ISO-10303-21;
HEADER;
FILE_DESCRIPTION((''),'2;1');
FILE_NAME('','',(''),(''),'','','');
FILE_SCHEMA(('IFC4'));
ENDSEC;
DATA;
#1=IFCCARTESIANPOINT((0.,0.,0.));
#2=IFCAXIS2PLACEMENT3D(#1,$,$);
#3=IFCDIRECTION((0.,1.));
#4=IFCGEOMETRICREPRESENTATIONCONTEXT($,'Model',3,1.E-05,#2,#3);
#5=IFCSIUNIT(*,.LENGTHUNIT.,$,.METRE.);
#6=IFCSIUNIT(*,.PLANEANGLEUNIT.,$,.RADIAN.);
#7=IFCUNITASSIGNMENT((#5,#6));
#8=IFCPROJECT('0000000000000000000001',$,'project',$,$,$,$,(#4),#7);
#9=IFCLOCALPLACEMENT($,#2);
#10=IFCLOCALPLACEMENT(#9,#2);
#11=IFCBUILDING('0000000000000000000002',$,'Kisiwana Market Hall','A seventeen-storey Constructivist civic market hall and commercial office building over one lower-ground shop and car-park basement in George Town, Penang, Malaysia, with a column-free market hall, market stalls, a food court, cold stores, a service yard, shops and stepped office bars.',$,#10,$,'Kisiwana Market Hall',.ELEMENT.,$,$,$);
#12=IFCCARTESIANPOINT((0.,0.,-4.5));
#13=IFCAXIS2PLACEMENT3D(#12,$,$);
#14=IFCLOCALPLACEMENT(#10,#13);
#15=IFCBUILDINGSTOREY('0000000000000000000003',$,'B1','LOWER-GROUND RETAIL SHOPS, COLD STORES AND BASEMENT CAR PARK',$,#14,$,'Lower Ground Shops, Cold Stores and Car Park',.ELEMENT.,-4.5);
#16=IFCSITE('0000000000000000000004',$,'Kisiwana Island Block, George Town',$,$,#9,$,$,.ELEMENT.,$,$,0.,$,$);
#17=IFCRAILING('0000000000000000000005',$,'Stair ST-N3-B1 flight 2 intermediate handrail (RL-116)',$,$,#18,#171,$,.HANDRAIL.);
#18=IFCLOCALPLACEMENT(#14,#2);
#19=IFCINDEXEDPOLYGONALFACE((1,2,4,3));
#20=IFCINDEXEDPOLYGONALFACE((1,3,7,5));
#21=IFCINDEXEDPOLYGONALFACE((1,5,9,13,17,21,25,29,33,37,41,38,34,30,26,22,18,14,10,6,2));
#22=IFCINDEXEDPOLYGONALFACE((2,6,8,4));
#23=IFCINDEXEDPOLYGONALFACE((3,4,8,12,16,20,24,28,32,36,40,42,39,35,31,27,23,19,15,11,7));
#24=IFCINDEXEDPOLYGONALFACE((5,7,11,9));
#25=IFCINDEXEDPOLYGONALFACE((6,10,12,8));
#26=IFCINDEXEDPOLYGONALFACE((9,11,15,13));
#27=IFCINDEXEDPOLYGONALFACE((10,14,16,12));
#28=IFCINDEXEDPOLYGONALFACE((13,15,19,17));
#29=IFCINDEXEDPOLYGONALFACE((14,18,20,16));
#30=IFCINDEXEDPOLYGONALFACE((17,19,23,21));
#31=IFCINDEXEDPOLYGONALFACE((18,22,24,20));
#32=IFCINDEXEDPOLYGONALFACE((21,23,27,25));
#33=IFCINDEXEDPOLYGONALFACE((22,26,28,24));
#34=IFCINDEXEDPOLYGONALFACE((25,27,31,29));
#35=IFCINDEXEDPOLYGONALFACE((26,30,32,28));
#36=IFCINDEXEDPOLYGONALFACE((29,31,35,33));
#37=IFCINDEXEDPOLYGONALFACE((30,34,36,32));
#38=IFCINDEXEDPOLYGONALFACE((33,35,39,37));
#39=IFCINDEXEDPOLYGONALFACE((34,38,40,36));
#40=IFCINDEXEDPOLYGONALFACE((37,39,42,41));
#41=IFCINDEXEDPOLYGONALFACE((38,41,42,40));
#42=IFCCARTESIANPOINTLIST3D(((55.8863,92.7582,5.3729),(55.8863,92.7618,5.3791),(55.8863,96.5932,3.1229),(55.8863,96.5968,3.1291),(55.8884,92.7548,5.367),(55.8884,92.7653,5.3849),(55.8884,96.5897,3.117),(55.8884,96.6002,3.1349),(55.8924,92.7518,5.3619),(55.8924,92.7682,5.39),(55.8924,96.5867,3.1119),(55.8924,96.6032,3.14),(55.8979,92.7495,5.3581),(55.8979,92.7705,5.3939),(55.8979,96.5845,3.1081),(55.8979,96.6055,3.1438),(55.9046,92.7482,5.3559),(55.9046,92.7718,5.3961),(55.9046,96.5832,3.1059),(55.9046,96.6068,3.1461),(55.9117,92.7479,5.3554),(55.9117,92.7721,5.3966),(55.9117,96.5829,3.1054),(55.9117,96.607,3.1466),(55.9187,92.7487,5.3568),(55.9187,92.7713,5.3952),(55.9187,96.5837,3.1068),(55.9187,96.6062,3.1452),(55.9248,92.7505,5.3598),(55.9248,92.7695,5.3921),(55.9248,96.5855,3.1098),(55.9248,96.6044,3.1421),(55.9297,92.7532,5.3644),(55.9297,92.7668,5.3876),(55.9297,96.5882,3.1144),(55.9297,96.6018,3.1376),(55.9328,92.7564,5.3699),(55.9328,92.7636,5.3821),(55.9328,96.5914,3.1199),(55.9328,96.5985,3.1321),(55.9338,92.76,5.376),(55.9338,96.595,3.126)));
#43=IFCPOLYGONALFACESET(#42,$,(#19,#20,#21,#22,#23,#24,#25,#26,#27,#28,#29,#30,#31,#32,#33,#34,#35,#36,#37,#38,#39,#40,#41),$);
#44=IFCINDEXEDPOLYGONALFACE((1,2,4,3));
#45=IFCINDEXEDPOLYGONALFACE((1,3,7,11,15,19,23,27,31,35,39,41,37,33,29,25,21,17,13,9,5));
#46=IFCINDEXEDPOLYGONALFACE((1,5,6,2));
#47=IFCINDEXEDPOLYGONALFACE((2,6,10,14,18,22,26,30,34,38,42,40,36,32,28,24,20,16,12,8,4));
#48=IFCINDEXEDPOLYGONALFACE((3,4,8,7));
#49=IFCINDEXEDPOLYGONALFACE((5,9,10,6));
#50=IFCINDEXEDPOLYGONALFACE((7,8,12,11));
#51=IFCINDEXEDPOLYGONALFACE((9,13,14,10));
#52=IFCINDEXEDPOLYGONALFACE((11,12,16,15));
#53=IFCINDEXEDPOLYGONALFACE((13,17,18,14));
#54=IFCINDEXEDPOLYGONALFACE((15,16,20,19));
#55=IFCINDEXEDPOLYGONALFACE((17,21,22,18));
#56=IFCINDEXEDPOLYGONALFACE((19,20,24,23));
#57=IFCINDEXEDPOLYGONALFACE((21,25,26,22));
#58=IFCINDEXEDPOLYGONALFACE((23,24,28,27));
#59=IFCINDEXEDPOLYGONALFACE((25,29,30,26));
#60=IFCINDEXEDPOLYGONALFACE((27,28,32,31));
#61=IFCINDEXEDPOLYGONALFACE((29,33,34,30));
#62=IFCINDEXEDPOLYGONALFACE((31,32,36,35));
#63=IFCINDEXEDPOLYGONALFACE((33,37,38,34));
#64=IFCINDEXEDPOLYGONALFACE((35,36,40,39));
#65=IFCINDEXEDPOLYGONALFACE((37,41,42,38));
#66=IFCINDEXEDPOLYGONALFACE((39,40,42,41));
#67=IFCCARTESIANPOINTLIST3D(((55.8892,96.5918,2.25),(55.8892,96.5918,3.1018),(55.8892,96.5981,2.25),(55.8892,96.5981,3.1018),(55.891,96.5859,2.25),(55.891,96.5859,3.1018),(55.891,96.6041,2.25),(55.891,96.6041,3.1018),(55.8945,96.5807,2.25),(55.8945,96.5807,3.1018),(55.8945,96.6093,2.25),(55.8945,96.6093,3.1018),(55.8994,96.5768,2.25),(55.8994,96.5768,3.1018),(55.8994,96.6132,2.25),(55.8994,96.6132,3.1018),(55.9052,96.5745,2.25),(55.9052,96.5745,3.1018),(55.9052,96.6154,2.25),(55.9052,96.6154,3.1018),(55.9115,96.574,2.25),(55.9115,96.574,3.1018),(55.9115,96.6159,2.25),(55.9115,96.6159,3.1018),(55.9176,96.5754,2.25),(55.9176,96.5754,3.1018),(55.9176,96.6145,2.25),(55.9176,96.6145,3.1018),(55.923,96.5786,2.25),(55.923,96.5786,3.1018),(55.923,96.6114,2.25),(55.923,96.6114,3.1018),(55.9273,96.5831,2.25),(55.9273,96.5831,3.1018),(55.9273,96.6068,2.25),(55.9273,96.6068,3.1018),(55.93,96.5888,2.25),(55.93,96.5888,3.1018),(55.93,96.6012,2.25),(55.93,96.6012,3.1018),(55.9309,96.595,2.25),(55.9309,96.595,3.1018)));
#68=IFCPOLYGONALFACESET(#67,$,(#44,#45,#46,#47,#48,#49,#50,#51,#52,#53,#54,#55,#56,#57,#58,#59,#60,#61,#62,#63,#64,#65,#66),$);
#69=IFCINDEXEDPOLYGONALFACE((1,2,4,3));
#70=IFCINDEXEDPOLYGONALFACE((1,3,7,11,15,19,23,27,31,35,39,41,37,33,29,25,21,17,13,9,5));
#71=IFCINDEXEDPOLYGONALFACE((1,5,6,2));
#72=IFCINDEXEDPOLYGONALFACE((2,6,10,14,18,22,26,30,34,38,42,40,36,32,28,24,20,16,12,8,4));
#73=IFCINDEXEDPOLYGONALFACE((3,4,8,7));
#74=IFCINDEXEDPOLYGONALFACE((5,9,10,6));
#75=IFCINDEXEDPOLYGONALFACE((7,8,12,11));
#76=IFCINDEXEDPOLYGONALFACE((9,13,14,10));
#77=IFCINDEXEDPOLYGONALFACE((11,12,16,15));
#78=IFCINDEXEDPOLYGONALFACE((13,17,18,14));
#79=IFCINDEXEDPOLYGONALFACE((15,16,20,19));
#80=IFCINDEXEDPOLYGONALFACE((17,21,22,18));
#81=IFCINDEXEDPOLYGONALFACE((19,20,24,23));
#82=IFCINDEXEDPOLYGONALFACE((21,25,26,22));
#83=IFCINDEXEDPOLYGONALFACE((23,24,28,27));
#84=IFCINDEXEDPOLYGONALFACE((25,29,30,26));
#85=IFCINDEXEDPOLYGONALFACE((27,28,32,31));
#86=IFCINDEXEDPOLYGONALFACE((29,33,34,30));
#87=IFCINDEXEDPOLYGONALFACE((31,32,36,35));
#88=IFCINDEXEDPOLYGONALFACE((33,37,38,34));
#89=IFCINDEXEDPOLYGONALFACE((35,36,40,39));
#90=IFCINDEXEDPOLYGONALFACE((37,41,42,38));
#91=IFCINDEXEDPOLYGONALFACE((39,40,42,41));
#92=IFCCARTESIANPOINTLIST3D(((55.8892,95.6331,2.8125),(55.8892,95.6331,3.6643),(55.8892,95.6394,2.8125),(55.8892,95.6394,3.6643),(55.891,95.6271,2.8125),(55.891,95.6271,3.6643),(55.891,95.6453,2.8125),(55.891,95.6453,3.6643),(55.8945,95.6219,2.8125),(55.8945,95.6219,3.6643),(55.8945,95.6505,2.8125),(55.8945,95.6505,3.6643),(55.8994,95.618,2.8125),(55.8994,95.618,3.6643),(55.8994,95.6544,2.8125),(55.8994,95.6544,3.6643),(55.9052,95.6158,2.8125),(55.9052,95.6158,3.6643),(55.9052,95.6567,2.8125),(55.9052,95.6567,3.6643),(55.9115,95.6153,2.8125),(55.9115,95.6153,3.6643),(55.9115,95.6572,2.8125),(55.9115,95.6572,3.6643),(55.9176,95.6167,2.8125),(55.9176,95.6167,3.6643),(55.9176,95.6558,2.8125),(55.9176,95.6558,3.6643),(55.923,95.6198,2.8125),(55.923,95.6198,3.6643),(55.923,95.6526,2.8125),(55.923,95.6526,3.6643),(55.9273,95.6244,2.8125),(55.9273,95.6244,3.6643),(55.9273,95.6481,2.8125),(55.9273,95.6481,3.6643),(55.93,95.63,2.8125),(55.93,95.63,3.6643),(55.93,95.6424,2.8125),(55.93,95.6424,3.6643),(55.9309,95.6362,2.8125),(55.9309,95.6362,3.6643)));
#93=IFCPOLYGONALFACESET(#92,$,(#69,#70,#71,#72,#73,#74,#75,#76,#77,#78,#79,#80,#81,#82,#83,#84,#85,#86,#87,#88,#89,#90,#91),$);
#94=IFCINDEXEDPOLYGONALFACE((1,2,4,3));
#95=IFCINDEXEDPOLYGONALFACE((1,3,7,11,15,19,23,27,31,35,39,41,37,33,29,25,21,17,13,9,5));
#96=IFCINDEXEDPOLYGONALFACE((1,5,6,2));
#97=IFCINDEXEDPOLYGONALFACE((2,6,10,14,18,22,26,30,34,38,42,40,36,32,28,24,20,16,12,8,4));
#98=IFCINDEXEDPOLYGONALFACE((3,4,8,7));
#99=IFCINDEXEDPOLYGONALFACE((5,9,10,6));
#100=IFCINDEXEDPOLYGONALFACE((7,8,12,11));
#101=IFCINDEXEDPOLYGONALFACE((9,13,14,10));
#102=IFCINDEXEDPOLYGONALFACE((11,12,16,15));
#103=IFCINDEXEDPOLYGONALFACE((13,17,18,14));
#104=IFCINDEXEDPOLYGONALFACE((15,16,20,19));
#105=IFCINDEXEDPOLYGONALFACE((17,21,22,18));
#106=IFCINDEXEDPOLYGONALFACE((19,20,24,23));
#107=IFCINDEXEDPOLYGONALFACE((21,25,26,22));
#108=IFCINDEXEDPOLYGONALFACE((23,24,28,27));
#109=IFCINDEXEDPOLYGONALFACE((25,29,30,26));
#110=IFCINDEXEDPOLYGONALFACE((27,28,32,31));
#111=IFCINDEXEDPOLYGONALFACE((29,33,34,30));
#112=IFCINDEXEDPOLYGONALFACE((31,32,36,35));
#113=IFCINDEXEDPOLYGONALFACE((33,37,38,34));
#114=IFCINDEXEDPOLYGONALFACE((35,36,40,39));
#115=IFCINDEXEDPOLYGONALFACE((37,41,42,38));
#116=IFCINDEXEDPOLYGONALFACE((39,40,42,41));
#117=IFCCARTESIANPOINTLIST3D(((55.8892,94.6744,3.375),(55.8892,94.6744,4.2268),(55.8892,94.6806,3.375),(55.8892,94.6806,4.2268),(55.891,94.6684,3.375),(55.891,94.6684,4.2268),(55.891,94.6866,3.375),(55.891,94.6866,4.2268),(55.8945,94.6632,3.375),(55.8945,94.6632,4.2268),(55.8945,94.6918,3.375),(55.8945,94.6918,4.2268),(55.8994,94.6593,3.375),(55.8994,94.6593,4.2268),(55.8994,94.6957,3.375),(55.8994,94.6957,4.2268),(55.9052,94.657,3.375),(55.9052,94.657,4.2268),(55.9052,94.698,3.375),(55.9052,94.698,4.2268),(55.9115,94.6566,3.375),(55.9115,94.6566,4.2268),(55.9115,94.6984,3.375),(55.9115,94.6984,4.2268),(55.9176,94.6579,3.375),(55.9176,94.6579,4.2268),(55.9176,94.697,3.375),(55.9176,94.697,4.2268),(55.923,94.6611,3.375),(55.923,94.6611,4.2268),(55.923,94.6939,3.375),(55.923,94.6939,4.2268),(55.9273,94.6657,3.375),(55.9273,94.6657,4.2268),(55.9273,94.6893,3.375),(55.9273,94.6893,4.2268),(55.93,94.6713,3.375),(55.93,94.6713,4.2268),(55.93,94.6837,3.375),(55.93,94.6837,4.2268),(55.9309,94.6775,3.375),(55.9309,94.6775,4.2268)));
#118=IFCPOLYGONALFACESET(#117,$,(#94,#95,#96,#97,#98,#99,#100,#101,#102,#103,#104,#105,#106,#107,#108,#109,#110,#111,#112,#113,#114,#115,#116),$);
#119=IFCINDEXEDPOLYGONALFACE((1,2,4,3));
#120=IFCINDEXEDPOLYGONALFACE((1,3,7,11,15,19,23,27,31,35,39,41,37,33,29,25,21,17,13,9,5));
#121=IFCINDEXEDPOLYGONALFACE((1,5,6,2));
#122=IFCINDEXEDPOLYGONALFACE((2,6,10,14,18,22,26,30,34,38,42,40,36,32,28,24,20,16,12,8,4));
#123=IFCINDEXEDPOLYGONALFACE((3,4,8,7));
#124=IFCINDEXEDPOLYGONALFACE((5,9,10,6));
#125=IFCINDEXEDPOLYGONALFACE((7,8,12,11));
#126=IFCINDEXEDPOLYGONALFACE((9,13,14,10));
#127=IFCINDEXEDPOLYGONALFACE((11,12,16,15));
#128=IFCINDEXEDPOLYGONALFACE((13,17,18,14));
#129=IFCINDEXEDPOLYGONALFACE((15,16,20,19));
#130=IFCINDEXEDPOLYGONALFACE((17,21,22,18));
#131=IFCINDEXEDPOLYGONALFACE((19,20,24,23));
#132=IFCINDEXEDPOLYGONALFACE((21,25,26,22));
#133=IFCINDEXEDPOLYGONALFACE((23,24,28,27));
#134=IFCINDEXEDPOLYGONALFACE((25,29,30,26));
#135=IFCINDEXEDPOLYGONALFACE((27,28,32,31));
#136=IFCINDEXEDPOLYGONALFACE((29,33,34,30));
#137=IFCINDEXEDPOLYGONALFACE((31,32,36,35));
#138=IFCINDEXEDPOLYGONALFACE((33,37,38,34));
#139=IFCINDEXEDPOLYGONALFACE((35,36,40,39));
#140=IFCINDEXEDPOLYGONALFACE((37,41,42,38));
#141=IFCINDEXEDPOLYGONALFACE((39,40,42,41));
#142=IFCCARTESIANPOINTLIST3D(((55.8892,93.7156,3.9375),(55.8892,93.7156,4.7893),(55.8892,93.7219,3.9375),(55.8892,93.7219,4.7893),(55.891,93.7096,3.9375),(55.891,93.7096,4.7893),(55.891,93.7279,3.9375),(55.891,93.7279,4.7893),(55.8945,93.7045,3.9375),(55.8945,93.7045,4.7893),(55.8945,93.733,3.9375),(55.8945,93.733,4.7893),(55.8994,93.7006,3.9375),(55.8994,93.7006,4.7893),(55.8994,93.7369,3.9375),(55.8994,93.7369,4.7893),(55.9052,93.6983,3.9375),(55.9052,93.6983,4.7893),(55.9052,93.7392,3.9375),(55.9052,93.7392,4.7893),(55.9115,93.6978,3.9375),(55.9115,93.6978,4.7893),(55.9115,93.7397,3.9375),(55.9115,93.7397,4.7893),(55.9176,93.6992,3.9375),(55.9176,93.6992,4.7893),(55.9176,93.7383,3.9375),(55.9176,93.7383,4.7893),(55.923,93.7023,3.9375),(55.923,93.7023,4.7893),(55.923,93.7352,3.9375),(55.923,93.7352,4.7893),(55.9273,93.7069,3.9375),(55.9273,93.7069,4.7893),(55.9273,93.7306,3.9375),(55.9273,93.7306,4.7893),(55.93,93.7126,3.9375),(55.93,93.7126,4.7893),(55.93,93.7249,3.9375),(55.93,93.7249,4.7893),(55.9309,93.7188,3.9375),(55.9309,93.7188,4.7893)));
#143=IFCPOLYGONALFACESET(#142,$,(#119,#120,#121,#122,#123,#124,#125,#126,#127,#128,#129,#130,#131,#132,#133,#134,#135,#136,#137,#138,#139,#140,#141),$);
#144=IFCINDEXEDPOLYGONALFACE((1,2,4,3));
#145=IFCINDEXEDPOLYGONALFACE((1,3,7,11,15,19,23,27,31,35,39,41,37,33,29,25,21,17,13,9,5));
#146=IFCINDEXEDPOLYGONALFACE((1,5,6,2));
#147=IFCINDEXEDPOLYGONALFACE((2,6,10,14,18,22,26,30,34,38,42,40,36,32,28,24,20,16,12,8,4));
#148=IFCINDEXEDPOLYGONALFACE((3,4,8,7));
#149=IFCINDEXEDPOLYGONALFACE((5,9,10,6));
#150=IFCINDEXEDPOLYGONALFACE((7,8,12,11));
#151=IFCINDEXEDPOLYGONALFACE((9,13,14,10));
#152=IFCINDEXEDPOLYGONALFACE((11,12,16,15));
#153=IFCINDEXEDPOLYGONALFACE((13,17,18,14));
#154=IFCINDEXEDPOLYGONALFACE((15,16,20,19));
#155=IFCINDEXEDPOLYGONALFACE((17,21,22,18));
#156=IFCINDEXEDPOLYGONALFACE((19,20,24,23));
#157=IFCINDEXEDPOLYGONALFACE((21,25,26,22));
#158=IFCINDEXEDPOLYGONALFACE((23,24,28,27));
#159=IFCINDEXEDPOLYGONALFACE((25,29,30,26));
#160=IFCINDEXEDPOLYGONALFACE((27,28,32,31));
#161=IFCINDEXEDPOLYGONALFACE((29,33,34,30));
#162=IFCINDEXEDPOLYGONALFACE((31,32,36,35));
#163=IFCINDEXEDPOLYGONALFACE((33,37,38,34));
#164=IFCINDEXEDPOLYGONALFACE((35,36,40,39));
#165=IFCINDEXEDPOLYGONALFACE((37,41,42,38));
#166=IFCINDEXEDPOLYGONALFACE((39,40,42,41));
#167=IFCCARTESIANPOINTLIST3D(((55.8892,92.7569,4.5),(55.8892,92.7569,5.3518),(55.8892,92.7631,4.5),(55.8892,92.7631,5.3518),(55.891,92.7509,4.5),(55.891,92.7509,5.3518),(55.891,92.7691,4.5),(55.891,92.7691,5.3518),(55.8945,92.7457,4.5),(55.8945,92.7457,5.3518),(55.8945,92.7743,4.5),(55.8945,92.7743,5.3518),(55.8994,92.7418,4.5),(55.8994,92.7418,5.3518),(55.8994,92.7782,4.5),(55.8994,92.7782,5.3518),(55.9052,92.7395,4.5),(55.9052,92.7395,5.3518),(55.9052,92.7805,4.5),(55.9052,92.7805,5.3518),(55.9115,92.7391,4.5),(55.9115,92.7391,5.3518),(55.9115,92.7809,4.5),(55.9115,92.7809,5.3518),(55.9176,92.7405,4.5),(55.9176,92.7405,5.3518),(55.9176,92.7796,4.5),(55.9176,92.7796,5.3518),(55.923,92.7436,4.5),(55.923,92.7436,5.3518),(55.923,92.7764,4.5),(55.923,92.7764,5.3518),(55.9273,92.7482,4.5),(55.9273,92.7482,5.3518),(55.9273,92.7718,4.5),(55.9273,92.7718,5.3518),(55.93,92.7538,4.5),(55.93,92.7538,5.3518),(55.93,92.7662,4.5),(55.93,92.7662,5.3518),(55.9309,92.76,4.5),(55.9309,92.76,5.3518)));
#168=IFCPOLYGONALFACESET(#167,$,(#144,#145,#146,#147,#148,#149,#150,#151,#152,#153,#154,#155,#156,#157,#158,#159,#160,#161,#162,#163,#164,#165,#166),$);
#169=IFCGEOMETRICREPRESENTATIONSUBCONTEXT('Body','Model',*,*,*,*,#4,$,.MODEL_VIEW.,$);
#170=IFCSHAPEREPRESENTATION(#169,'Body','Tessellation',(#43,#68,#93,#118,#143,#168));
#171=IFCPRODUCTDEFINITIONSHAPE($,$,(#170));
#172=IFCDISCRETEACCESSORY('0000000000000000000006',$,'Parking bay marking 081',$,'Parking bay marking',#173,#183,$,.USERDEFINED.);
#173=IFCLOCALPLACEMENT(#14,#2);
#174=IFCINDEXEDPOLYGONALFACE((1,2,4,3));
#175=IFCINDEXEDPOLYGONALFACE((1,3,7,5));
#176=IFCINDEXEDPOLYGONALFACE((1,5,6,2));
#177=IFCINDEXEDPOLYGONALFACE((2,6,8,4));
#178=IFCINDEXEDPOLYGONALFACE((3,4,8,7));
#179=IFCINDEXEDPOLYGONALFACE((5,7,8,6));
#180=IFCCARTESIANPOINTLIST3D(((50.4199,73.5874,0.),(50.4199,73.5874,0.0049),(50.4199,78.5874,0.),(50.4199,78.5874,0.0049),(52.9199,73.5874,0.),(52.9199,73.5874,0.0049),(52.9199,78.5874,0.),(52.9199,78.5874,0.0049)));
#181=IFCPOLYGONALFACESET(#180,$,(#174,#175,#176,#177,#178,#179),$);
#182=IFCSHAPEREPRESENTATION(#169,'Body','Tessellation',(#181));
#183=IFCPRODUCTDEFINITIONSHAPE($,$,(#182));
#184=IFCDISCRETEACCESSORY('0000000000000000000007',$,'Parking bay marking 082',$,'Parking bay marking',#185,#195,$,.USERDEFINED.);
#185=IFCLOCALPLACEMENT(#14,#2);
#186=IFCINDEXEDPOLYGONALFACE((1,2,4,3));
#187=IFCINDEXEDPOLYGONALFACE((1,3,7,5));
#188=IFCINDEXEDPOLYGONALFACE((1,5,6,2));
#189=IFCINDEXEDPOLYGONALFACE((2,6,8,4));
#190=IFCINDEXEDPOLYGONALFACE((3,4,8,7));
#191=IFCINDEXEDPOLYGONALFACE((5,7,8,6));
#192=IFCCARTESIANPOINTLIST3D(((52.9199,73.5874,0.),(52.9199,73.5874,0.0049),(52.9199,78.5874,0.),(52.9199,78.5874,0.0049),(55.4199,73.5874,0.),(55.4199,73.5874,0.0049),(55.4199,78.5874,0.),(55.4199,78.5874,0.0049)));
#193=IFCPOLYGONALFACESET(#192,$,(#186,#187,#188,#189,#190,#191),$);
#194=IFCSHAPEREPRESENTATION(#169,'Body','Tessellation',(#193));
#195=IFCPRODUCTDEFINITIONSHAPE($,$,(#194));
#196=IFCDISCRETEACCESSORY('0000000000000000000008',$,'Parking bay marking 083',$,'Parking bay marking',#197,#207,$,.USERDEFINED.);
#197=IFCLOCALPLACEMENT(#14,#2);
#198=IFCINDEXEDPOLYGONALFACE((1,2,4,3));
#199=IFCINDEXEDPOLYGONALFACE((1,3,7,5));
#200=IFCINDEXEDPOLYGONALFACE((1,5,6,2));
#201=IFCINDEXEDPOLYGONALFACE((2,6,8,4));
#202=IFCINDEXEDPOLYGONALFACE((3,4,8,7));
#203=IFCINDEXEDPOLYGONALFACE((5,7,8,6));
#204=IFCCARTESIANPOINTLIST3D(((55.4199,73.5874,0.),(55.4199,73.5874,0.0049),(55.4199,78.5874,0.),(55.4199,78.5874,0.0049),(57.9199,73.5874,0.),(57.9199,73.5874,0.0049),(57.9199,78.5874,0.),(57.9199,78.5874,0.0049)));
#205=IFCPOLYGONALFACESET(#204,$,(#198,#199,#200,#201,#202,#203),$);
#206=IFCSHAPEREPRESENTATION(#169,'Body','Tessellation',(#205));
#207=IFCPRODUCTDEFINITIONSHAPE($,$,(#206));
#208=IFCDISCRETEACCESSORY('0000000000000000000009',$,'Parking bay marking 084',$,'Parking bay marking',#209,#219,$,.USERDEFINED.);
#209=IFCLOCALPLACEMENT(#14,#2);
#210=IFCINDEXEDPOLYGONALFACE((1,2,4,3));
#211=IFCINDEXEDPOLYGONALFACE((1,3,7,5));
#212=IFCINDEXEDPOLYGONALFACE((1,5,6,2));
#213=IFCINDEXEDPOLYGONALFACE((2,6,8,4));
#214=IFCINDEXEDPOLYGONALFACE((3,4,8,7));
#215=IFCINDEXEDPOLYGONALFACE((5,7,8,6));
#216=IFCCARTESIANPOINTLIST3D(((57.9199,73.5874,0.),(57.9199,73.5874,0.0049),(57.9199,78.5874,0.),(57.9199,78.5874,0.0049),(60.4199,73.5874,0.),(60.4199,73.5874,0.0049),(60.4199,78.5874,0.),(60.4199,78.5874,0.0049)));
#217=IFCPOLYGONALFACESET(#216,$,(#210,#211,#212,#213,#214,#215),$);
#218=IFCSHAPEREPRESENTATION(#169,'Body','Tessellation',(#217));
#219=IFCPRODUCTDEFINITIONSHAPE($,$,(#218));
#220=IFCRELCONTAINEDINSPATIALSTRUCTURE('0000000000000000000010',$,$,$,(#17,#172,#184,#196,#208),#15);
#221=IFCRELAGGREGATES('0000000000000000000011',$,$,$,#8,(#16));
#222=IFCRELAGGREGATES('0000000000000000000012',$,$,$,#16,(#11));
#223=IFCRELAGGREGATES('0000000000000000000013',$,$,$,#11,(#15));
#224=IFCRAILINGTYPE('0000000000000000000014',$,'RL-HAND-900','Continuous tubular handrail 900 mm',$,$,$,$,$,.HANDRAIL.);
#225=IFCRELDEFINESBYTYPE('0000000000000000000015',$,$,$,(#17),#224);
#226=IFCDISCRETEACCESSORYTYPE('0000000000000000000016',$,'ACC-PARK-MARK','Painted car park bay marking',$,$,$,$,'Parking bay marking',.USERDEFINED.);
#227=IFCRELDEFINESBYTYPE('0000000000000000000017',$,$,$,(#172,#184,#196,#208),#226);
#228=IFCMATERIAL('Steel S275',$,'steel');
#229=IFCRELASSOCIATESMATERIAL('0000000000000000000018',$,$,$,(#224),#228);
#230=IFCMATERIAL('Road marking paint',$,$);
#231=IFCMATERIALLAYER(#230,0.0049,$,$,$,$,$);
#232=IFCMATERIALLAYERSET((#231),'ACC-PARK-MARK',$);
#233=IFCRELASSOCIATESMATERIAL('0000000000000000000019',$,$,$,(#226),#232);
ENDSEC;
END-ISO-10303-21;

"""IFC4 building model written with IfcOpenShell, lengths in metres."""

from ifc_helpers import new_model, si_unit, direction, frame, origin, origin_2d, place, context, subcontext, project, spatial, rectangle, circle, extrude, material, layer, layer_set, type_object, element, save


model = new_model("IFC4")

# Units and contexts
model_context = context("Model", 3, precision=1e-05, world=origin(), true_north=direction((0.0, 1.0)))
body_context = subcontext(model_context, "Body", "Model", "MODEL_VIEW")
ifc_project = project(units=[si_unit("LENGTHUNIT", "METRE"), si_unit("PLANEANGLEUNIT", "RADIAN")], contexts=[model_context])

# Site, building, storey
site_placement = place(None, origin())
site = spatial("IfcSite", under=ifc_project, at=site_placement, Name="Kisiwana Island Block, George Town", CompositionType="ELEMENT", RefElevation=0.0)
building_placement = place(site_placement, origin())
building = spatial("IfcBuilding", under=site, at=building_placement, Name="Kisiwana Market Hall", Description="A seventeen-storey Constructivist civic market hall and commercial office building over one lower-ground shop and car-park basement in George Town, Penang, Malaysia, with a column-free market hall, market stalls, a food court, cold stores, a service yard, shops and stepped office bars.", LongName="Kisiwana Market Hall", CompositionType="ELEMENT")
storey_placement = place(building_placement, frame((0.0, 0.0, -4.5)))
storey = spatial("IfcBuildingStorey", under=building, at=storey_placement, Name="B1", Description="LOWER-GROUND RETAIL SHOPS, COLD STORES AND BASEMENT CAR PARK", LongName="Lower Ground Shops, Cold Stores and Car Park", CompositionType="ELEMENT", Elevation=-4.5)

# Railing
ifc_material_1 = material(Name="Steel S275", Category="steel")
railing_type_1 = type_object("IfcRailingType", Name="RL-HAND-900", Description="Continuous tubular handrail 900 mm", PredefinedType="HANDRAIL", material=ifc_material_1)
railing_1_placement = place(storey_placement, frame((55.9099, 96.595, 2.25)))
element("IfcRailing", 1, at=railing_1_placement, inside=storey, type_object=railing_type_1, Name="Stair ST-N3-B1 flight 2 intermediate handrail (RL-116)", PredefinedType="HANDRAIL", context=body_context, shape_type="SweptSolid", body=[
    extrude(circle(Radius=0.0239, at=origin_2d()), frame((0.0, 0.0, 0.876), z_axis=(0.0, -0.86251, 0.506041), x_axis=(1.0, 0.0, 0.0)), (0.0, 0.0, 1.0), 4.4463),
    extrude(circle(Radius=0.021, at=origin_2d()), origin(), (0.0, 0.0, 1.0), 0.8518),
    extrude(circle(Radius=0.021, at=origin_2d()), frame((0.0, -0.9587, 0.5625)), (0.0, 0.0, 1.0), 0.8518),
    extrude(circle(Radius=0.021, at=origin_2d()), frame((0.0, -1.9175, 1.125)), (0.0, 0.0, 1.0), 0.8518),
    extrude(circle(Radius=0.021, at=origin_2d()), frame((0.0, -2.8762, 1.6875)), (0.0, 0.0, 1.0), 0.8518),
    extrude(circle(Radius=0.021, at=origin_2d()), frame((0.0, -3.835, 2.25)), (0.0, 0.0, 1.0), 0.8518),
])

# Discrete accessories
ifc_material_2 = material(Name="Road marking paint")
ifc_layer_1 = layer(ifc_material_2, 0.0049)
ifc_layer_set_1 = layer_set([ifc_layer_1], Name="ACC-PARK-MARK")
discrete_accessory_type = type_object("IfcDiscreteAccessoryType", Name="ACC-PARK-MARK", Description="Painted car park bay marking", ElementType="Parking bay marking", PredefinedType="USERDEFINED", material=ifc_layer_set_1)
for number, where, z_axis, x_axis, name in (
    (2, (51.6699, 76.0874, 0.0), (0.0, 0.0, 1.0), (1.0, 0.0, 0.0), "Parking bay marking 081"),
    (3, (54.1699, 76.0874, 0.0), (0.0, 0.0, 1.0), (1.0, 0.0, 0.0), "Parking bay marking 082"),
    (4, (56.6699, 76.0874, 0.0), (0.0, 0.0, 1.0), (1.0, 0.0, 0.0), "Parking bay marking 083"),
    (5, (59.1699, 76.0874, 0.0), (0.0, 0.0, 1.0), (1.0, 0.0, 0.0), "Parking bay marking 084"),
):
    element("IfcDiscreteAccessory", number, at=place(storey_placement, frame(where, z_axis=z_axis, x_axis=x_axis)), inside=storey, type_object=discrete_accessory_type, Name=name, ObjectType="Parking bay marking", PredefinedType="USERDEFINED", context=body_context, shape_type="SweptSolid", body=[
        extrude(rectangle(XDim=2.5, YDim=5.0, at=origin_2d()), origin(), (0.0, 0.0, 1.0), 0.0049),
    ])

save(model, "model.ifc")
